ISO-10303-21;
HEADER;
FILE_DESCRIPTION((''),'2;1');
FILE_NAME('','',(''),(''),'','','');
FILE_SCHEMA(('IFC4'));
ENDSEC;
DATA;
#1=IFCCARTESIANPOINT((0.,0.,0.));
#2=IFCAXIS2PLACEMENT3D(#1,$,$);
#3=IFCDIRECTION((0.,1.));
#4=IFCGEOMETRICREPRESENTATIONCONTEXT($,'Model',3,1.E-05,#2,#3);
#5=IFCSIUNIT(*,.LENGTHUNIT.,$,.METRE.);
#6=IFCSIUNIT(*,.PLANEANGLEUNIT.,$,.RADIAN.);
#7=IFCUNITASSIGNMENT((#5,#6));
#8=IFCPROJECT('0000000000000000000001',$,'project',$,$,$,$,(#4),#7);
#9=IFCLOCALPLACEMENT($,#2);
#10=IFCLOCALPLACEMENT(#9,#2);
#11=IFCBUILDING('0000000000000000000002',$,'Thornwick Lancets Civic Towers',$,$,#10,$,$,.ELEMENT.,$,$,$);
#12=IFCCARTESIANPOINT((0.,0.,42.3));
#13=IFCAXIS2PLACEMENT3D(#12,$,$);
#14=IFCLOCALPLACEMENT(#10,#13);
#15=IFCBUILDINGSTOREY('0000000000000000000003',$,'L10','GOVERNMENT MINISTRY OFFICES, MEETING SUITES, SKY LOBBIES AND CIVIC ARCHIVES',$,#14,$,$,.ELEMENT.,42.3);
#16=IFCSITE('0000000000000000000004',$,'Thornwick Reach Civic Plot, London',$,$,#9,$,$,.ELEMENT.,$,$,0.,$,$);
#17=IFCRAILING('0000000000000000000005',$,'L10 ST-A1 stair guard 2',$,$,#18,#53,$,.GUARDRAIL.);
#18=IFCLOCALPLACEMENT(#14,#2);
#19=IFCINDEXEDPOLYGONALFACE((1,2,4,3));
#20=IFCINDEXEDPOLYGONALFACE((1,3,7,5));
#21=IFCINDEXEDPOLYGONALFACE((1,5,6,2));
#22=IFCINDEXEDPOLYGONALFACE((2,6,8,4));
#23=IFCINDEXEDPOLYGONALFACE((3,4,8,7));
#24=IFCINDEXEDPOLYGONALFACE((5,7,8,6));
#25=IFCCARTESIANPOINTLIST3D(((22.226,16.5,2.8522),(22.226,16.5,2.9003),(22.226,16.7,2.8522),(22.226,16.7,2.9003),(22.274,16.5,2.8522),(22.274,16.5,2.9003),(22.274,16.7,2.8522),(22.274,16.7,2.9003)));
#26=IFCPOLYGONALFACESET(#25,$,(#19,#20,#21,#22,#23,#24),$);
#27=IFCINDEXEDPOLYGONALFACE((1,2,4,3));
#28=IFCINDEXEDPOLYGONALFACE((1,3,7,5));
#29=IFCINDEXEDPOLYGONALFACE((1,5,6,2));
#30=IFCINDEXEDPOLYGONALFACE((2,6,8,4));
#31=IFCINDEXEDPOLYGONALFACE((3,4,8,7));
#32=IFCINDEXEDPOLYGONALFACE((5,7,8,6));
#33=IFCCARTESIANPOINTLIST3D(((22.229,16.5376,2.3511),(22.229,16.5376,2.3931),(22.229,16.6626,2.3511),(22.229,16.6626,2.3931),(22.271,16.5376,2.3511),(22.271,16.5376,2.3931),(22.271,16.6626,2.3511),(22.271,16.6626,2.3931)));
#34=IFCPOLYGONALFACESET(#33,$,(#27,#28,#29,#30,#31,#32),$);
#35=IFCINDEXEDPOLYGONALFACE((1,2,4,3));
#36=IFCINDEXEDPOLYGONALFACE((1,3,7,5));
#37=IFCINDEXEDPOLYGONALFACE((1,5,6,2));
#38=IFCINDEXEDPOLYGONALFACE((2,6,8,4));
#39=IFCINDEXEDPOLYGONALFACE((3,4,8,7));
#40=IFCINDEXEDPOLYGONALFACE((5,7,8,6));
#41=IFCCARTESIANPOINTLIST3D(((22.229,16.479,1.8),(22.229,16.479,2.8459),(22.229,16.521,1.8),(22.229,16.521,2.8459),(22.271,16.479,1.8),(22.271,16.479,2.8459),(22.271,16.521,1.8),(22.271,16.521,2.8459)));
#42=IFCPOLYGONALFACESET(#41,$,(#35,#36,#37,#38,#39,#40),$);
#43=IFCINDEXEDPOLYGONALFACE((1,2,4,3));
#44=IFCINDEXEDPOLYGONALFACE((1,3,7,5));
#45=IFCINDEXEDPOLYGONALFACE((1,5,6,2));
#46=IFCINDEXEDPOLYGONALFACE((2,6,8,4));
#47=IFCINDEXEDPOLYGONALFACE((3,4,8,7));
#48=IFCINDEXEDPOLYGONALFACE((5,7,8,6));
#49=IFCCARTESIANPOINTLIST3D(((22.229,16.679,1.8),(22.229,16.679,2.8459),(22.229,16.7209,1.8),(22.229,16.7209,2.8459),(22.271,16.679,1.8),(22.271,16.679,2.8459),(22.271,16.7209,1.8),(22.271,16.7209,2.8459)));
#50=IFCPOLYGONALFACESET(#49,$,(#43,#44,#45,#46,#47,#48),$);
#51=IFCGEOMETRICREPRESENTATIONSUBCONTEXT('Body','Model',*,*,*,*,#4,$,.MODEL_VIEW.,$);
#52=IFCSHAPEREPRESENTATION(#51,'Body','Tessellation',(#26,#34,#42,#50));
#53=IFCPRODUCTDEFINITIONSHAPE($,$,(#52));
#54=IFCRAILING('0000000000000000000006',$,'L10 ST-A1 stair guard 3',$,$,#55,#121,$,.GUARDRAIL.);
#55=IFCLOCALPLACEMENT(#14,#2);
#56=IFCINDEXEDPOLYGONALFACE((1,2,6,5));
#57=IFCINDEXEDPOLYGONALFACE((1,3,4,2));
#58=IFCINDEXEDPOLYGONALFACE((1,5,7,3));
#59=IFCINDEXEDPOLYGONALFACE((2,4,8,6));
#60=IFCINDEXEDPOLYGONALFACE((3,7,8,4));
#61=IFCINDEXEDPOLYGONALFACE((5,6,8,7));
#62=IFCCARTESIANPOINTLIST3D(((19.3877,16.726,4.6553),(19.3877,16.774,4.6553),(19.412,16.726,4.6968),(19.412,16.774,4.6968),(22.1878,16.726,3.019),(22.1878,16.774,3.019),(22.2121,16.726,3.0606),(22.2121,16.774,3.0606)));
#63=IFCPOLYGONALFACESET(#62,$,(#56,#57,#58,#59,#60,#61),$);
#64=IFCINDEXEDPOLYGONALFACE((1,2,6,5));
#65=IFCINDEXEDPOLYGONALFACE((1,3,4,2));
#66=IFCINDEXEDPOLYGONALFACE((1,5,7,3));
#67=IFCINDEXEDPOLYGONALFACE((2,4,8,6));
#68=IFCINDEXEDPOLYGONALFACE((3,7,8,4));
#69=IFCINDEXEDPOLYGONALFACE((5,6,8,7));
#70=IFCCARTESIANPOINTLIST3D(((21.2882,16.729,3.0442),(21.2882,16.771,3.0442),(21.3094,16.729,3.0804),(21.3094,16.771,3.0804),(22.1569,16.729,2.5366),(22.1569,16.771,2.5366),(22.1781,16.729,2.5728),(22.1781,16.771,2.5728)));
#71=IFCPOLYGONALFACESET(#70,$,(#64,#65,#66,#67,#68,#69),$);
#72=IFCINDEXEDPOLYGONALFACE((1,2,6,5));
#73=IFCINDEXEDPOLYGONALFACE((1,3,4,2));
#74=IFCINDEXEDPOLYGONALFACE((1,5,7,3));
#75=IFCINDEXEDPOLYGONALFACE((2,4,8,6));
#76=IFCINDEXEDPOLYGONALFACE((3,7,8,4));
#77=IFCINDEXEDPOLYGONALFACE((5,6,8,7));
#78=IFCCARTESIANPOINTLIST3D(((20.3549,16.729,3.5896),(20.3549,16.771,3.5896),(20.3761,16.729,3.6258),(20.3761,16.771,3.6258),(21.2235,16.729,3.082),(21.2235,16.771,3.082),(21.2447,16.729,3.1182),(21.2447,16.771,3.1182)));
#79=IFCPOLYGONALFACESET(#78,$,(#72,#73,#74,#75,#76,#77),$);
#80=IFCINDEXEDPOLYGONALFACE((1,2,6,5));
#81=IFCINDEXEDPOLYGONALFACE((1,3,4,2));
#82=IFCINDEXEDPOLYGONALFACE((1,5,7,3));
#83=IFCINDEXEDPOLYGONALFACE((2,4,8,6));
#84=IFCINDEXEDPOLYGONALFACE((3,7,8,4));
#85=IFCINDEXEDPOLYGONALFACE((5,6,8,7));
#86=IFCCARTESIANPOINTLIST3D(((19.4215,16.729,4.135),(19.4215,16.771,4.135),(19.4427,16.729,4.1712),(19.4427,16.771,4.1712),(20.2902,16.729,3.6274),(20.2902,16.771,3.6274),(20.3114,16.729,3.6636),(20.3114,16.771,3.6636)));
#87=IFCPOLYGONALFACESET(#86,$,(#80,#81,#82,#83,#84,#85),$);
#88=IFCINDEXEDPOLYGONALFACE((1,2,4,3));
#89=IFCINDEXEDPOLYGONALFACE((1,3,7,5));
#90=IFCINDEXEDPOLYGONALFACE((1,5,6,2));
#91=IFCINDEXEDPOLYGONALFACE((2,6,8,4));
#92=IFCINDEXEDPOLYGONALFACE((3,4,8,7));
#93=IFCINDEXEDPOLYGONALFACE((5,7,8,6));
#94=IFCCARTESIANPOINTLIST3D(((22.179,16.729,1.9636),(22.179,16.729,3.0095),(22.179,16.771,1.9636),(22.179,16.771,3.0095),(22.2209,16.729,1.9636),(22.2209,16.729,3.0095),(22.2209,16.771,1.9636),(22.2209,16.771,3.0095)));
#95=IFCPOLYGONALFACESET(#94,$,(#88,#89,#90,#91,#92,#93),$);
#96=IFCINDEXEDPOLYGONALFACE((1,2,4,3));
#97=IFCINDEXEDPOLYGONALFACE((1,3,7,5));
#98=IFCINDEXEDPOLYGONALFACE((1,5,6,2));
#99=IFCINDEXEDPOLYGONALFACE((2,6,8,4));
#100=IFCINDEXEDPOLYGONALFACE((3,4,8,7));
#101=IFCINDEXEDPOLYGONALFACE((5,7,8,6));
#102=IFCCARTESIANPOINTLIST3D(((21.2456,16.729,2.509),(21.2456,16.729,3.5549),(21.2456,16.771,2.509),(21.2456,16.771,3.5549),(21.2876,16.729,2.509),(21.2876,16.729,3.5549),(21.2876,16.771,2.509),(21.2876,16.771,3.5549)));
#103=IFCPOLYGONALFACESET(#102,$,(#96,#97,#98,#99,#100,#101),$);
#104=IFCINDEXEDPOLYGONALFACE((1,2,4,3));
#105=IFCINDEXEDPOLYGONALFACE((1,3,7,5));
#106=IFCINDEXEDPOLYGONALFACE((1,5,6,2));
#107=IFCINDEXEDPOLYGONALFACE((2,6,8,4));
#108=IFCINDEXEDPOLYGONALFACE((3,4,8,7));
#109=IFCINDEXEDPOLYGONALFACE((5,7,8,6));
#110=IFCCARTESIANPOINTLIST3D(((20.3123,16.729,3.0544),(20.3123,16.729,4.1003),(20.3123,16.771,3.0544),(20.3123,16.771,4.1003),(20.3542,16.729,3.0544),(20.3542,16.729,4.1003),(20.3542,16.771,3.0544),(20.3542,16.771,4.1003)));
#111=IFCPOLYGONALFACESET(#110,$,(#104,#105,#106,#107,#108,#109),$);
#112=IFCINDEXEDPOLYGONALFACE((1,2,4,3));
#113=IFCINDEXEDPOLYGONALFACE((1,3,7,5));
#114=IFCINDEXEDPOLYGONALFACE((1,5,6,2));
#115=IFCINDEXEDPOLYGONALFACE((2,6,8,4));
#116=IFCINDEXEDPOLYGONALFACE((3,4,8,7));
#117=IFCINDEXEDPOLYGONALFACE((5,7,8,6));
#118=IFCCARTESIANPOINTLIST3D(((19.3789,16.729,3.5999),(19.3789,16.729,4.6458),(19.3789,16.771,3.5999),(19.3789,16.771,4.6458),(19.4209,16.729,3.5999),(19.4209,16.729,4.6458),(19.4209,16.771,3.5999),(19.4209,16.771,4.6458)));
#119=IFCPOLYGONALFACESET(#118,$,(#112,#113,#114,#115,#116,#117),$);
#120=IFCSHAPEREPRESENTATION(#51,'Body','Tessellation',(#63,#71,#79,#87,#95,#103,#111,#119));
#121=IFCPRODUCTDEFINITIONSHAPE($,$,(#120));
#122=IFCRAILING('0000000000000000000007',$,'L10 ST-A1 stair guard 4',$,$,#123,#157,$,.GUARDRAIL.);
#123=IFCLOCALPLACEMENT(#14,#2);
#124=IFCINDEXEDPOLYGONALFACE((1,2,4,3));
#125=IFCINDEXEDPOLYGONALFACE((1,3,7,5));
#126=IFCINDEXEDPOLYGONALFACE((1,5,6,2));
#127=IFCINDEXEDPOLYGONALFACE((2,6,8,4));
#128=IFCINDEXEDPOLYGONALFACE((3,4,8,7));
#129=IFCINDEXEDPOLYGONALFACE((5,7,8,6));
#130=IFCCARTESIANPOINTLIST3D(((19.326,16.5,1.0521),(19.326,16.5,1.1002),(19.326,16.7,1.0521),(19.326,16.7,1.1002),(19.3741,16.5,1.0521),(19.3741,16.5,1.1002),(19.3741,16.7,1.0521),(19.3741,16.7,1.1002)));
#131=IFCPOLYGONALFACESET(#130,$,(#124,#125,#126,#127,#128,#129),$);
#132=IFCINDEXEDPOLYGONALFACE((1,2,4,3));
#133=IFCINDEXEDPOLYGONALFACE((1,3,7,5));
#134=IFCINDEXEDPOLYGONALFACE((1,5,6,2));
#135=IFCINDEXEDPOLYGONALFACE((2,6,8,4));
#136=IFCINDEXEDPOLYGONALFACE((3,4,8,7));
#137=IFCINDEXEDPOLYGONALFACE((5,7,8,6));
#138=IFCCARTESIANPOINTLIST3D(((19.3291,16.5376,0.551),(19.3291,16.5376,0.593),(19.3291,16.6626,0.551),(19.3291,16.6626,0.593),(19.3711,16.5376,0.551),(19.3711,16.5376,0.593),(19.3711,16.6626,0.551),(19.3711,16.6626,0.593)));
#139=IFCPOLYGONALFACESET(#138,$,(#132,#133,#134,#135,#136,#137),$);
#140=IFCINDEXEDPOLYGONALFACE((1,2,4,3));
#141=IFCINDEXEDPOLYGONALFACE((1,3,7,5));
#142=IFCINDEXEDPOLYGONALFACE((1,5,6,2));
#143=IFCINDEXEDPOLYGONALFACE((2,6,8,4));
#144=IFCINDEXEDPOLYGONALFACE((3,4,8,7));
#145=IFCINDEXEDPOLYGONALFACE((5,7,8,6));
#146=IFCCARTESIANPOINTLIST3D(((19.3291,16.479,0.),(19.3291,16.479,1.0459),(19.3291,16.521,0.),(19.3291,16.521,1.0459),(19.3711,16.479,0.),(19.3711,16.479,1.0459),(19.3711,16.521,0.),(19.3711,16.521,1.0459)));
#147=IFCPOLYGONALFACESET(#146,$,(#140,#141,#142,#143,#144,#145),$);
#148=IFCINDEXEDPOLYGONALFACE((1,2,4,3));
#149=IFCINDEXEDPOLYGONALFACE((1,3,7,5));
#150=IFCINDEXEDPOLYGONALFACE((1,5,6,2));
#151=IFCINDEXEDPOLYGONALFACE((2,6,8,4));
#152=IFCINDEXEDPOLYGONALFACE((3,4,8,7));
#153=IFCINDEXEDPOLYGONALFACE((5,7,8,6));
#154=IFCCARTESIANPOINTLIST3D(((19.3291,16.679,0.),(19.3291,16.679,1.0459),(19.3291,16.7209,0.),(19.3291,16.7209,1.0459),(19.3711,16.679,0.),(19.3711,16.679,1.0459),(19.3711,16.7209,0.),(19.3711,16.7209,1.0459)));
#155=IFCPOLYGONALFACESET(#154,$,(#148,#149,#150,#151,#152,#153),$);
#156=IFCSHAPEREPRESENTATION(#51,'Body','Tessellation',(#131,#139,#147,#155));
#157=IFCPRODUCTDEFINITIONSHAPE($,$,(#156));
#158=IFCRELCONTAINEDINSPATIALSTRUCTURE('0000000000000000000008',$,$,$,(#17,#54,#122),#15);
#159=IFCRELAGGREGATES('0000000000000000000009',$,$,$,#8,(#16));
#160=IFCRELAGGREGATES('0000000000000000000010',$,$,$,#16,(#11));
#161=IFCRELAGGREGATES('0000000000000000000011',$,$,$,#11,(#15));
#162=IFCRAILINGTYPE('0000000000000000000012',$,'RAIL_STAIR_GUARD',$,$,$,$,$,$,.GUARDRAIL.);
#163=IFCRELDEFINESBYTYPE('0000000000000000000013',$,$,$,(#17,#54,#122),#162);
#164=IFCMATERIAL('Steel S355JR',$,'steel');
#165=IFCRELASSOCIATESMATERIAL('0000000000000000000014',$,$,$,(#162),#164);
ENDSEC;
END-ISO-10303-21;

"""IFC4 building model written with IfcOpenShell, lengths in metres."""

from ifc_helpers import new_model, si_unit, direction, frame, origin, origin_2d, place, context, subcontext, project, spatial, rectangle, extrude, material, type_object, element, save


model = new_model("IFC4")

# Units and contexts
model_context = context("Model", 3, precision=1e-05, world=origin(), true_north=direction((0.0, 1.0)))
body_context = subcontext(model_context, "Body", "Model", "MODEL_VIEW")
ifc_project = project(units=[si_unit("LENGTHUNIT", "METRE"), si_unit("PLANEANGLEUNIT", "RADIAN")], contexts=[model_context])

# Site, building, storey
site_placement = place(None, origin())
site = spatial("IfcSite", under=ifc_project, at=site_placement, Name="Thornwick Reach Civic Plot, London", CompositionType="ELEMENT", RefElevation=0.0)
building_placement = place(site_placement, origin())
building = spatial("IfcBuilding", under=site, at=building_placement, Name="Thornwick Lancets Civic Towers", CompositionType="ELEMENT")
storey_placement = place(building_placement, frame((0.0, 0.0, 42.3)))
storey = spatial("IfcBuildingStorey", under=building, at=storey_placement, Name="L10", Description="GOVERNMENT MINISTRY OFFICES, MEETING SUITES, SKY LOBBIES AND CIVIC ARCHIVES", CompositionType="ELEMENT", Elevation=42.3)

# Railings
ifc_material_1 = material(Name="Steel S355JR", Category="steel")
railing_type_1 = type_object("IfcRailingType", Name="RAIL_STAIR_GUARD", PredefinedType="GUARDRAIL", material=ifc_material_1)
railing_1_placement = place(storey_placement, frame((22.25, 16.5, 1.8)))
element("IfcRailing", 1, at=railing_1_placement, inside=storey, type_object=railing_type_1, Name="L10 ST-A1 stair guard 2", PredefinedType="GUARDRAIL", context=body_context, shape_type="SweptSolid", body=[
    extrude(rectangle(XDim=0.0481, YDim=0.0481, at=origin_2d()), frame((0.0, 0.0, 1.0762), z_axis=(0.0, 1.0, 0.0), x_axis=(-1.0, 0.0, 0.0)), (0.0, 0.0, 1.0), 0.2),
    extrude(rectangle(XDim=0.042, YDim=0.042, at=origin_2d()), frame((0.0, 0.0376, 0.572), z_axis=(0.0, 1.0, 0.0), x_axis=(-1.0, 0.0, 0.0)), (0.0, 0.0, 1.0), 0.125),
    extrude(rectangle(XDim=0.042, YDim=0.042, at=origin_2d()), origin(), (0.0, 0.0, 1.0), 1.0459),
    extrude(rectangle(XDim=0.042, YDim=0.042, at=origin_2d()), frame((0.0, 0.2, 0.0)), (0.0, 0.0, 1.0), 1.0459),
])
railing_2_placement = place(storey_placement, frame((22.2, 16.75, 1.9636)))
element("IfcRailing", 2, at=railing_2_placement, inside=storey, type_object=railing_type_1, Name="L10 ST-A1 stair guard 3", PredefinedType="GUARDRAIL", context=body_context, shape_type="SweptSolid", body=[
    extrude(rectangle(XDim=0.0481, YDim=0.0481, at=origin_2d()), frame((0.0, 0.0, 1.0762), z_axis=(-0.863394, 0.0, 0.504531), x_axis=(0.0, -1.0, 0.0)), (0.0, 0.0, 1.0), 3.2432),
    extrude(rectangle(XDim=0.042, YDim=0.042, at=origin_2d()), frame((-0.0325, 0.0, 0.5911), z_axis=(-0.863394, 0.0, 0.504531), x_axis=(0.0, -1.0, 0.0)), (0.0, 0.0, 1.0), 1.0061),
    extrude(rectangle(XDim=0.042, YDim=0.042, at=origin_2d()), frame((-0.9658, 0.0, 1.1365), z_axis=(-0.863394, 0.0, 0.504531), x_axis=(0.0, -1.0, 0.0)), (0.0, 0.0, 1.0), 1.0061),
    extrude(rectangle(XDim=0.042, YDim=0.042, at=origin_2d()), frame((-1.8992, 0.0, 1.6819), z_axis=(-0.863394, 0.0, 0.504531), x_axis=(0.0, -1.0, 0.0)), (0.0, 0.0, 1.0), 1.0061),
    extrude(rectangle(XDim=0.042, YDim=0.042, at=origin_2d()), origin(), (0.0, 0.0, 1.0), 1.0459),
    extrude(rectangle(XDim=0.042, YDim=0.042, at=origin_2d()), frame((-0.9333, 0.0, 0.5454)), (0.0, 0.0, 1.0), 1.0459),
    extrude(rectangle(XDim=0.042, YDim=0.042, at=origin_2d()), frame((-1.8667, 0.0, 1.0908)), (0.0, 0.0, 1.0), 1.0459),
    extrude(rectangle(XDim=0.042, YDim=0.042, at=origin_2d()), frame((-2.8, 0.0, 1.6362)), (0.0, 0.0, 1.0), 1.0459),
])
railing_3_placement = place(storey_placement, frame((19.3501, 16.5, 0.0)))
element("IfcRailing", 3, at=railing_3_placement, inside=storey, type_object=railing_type_1, Name="L10 ST-A1 stair guard 4", PredefinedType="GUARDRAIL", context=body_context, shape_type="SweptSolid", body=[
    extrude(rectangle(XDim=0.0481, YDim=0.0481, at=origin_2d()), frame((0.0, 0.0, 1.0762), z_axis=(0.0, 1.0, 0.0), x_axis=(-1.0, 0.0, 0.0)), (0.0, 0.0, 1.0), 0.2),
    extrude(rectangle(XDim=0.042, YDim=0.042, at=origin_2d()), frame((0.0, 0.0376, 0.572), z_axis=(0.0, 1.0, 0.0), x_axis=(-1.0, 0.0, 0.0)), (0.0, 0.0, 1.0), 0.125),
    extrude(rectangle(XDim=0.042, YDim=0.042, at=origin_2d()), origin(), (0.0, 0.0, 1.0), 1.0459),
    extrude(rectangle(XDim=0.042, YDim=0.042, at=origin_2d()), frame((0.0, 0.2, 0.0)), (0.0, 0.0, 1.0), 1.0459),
])

save(model, "model.ifc")
